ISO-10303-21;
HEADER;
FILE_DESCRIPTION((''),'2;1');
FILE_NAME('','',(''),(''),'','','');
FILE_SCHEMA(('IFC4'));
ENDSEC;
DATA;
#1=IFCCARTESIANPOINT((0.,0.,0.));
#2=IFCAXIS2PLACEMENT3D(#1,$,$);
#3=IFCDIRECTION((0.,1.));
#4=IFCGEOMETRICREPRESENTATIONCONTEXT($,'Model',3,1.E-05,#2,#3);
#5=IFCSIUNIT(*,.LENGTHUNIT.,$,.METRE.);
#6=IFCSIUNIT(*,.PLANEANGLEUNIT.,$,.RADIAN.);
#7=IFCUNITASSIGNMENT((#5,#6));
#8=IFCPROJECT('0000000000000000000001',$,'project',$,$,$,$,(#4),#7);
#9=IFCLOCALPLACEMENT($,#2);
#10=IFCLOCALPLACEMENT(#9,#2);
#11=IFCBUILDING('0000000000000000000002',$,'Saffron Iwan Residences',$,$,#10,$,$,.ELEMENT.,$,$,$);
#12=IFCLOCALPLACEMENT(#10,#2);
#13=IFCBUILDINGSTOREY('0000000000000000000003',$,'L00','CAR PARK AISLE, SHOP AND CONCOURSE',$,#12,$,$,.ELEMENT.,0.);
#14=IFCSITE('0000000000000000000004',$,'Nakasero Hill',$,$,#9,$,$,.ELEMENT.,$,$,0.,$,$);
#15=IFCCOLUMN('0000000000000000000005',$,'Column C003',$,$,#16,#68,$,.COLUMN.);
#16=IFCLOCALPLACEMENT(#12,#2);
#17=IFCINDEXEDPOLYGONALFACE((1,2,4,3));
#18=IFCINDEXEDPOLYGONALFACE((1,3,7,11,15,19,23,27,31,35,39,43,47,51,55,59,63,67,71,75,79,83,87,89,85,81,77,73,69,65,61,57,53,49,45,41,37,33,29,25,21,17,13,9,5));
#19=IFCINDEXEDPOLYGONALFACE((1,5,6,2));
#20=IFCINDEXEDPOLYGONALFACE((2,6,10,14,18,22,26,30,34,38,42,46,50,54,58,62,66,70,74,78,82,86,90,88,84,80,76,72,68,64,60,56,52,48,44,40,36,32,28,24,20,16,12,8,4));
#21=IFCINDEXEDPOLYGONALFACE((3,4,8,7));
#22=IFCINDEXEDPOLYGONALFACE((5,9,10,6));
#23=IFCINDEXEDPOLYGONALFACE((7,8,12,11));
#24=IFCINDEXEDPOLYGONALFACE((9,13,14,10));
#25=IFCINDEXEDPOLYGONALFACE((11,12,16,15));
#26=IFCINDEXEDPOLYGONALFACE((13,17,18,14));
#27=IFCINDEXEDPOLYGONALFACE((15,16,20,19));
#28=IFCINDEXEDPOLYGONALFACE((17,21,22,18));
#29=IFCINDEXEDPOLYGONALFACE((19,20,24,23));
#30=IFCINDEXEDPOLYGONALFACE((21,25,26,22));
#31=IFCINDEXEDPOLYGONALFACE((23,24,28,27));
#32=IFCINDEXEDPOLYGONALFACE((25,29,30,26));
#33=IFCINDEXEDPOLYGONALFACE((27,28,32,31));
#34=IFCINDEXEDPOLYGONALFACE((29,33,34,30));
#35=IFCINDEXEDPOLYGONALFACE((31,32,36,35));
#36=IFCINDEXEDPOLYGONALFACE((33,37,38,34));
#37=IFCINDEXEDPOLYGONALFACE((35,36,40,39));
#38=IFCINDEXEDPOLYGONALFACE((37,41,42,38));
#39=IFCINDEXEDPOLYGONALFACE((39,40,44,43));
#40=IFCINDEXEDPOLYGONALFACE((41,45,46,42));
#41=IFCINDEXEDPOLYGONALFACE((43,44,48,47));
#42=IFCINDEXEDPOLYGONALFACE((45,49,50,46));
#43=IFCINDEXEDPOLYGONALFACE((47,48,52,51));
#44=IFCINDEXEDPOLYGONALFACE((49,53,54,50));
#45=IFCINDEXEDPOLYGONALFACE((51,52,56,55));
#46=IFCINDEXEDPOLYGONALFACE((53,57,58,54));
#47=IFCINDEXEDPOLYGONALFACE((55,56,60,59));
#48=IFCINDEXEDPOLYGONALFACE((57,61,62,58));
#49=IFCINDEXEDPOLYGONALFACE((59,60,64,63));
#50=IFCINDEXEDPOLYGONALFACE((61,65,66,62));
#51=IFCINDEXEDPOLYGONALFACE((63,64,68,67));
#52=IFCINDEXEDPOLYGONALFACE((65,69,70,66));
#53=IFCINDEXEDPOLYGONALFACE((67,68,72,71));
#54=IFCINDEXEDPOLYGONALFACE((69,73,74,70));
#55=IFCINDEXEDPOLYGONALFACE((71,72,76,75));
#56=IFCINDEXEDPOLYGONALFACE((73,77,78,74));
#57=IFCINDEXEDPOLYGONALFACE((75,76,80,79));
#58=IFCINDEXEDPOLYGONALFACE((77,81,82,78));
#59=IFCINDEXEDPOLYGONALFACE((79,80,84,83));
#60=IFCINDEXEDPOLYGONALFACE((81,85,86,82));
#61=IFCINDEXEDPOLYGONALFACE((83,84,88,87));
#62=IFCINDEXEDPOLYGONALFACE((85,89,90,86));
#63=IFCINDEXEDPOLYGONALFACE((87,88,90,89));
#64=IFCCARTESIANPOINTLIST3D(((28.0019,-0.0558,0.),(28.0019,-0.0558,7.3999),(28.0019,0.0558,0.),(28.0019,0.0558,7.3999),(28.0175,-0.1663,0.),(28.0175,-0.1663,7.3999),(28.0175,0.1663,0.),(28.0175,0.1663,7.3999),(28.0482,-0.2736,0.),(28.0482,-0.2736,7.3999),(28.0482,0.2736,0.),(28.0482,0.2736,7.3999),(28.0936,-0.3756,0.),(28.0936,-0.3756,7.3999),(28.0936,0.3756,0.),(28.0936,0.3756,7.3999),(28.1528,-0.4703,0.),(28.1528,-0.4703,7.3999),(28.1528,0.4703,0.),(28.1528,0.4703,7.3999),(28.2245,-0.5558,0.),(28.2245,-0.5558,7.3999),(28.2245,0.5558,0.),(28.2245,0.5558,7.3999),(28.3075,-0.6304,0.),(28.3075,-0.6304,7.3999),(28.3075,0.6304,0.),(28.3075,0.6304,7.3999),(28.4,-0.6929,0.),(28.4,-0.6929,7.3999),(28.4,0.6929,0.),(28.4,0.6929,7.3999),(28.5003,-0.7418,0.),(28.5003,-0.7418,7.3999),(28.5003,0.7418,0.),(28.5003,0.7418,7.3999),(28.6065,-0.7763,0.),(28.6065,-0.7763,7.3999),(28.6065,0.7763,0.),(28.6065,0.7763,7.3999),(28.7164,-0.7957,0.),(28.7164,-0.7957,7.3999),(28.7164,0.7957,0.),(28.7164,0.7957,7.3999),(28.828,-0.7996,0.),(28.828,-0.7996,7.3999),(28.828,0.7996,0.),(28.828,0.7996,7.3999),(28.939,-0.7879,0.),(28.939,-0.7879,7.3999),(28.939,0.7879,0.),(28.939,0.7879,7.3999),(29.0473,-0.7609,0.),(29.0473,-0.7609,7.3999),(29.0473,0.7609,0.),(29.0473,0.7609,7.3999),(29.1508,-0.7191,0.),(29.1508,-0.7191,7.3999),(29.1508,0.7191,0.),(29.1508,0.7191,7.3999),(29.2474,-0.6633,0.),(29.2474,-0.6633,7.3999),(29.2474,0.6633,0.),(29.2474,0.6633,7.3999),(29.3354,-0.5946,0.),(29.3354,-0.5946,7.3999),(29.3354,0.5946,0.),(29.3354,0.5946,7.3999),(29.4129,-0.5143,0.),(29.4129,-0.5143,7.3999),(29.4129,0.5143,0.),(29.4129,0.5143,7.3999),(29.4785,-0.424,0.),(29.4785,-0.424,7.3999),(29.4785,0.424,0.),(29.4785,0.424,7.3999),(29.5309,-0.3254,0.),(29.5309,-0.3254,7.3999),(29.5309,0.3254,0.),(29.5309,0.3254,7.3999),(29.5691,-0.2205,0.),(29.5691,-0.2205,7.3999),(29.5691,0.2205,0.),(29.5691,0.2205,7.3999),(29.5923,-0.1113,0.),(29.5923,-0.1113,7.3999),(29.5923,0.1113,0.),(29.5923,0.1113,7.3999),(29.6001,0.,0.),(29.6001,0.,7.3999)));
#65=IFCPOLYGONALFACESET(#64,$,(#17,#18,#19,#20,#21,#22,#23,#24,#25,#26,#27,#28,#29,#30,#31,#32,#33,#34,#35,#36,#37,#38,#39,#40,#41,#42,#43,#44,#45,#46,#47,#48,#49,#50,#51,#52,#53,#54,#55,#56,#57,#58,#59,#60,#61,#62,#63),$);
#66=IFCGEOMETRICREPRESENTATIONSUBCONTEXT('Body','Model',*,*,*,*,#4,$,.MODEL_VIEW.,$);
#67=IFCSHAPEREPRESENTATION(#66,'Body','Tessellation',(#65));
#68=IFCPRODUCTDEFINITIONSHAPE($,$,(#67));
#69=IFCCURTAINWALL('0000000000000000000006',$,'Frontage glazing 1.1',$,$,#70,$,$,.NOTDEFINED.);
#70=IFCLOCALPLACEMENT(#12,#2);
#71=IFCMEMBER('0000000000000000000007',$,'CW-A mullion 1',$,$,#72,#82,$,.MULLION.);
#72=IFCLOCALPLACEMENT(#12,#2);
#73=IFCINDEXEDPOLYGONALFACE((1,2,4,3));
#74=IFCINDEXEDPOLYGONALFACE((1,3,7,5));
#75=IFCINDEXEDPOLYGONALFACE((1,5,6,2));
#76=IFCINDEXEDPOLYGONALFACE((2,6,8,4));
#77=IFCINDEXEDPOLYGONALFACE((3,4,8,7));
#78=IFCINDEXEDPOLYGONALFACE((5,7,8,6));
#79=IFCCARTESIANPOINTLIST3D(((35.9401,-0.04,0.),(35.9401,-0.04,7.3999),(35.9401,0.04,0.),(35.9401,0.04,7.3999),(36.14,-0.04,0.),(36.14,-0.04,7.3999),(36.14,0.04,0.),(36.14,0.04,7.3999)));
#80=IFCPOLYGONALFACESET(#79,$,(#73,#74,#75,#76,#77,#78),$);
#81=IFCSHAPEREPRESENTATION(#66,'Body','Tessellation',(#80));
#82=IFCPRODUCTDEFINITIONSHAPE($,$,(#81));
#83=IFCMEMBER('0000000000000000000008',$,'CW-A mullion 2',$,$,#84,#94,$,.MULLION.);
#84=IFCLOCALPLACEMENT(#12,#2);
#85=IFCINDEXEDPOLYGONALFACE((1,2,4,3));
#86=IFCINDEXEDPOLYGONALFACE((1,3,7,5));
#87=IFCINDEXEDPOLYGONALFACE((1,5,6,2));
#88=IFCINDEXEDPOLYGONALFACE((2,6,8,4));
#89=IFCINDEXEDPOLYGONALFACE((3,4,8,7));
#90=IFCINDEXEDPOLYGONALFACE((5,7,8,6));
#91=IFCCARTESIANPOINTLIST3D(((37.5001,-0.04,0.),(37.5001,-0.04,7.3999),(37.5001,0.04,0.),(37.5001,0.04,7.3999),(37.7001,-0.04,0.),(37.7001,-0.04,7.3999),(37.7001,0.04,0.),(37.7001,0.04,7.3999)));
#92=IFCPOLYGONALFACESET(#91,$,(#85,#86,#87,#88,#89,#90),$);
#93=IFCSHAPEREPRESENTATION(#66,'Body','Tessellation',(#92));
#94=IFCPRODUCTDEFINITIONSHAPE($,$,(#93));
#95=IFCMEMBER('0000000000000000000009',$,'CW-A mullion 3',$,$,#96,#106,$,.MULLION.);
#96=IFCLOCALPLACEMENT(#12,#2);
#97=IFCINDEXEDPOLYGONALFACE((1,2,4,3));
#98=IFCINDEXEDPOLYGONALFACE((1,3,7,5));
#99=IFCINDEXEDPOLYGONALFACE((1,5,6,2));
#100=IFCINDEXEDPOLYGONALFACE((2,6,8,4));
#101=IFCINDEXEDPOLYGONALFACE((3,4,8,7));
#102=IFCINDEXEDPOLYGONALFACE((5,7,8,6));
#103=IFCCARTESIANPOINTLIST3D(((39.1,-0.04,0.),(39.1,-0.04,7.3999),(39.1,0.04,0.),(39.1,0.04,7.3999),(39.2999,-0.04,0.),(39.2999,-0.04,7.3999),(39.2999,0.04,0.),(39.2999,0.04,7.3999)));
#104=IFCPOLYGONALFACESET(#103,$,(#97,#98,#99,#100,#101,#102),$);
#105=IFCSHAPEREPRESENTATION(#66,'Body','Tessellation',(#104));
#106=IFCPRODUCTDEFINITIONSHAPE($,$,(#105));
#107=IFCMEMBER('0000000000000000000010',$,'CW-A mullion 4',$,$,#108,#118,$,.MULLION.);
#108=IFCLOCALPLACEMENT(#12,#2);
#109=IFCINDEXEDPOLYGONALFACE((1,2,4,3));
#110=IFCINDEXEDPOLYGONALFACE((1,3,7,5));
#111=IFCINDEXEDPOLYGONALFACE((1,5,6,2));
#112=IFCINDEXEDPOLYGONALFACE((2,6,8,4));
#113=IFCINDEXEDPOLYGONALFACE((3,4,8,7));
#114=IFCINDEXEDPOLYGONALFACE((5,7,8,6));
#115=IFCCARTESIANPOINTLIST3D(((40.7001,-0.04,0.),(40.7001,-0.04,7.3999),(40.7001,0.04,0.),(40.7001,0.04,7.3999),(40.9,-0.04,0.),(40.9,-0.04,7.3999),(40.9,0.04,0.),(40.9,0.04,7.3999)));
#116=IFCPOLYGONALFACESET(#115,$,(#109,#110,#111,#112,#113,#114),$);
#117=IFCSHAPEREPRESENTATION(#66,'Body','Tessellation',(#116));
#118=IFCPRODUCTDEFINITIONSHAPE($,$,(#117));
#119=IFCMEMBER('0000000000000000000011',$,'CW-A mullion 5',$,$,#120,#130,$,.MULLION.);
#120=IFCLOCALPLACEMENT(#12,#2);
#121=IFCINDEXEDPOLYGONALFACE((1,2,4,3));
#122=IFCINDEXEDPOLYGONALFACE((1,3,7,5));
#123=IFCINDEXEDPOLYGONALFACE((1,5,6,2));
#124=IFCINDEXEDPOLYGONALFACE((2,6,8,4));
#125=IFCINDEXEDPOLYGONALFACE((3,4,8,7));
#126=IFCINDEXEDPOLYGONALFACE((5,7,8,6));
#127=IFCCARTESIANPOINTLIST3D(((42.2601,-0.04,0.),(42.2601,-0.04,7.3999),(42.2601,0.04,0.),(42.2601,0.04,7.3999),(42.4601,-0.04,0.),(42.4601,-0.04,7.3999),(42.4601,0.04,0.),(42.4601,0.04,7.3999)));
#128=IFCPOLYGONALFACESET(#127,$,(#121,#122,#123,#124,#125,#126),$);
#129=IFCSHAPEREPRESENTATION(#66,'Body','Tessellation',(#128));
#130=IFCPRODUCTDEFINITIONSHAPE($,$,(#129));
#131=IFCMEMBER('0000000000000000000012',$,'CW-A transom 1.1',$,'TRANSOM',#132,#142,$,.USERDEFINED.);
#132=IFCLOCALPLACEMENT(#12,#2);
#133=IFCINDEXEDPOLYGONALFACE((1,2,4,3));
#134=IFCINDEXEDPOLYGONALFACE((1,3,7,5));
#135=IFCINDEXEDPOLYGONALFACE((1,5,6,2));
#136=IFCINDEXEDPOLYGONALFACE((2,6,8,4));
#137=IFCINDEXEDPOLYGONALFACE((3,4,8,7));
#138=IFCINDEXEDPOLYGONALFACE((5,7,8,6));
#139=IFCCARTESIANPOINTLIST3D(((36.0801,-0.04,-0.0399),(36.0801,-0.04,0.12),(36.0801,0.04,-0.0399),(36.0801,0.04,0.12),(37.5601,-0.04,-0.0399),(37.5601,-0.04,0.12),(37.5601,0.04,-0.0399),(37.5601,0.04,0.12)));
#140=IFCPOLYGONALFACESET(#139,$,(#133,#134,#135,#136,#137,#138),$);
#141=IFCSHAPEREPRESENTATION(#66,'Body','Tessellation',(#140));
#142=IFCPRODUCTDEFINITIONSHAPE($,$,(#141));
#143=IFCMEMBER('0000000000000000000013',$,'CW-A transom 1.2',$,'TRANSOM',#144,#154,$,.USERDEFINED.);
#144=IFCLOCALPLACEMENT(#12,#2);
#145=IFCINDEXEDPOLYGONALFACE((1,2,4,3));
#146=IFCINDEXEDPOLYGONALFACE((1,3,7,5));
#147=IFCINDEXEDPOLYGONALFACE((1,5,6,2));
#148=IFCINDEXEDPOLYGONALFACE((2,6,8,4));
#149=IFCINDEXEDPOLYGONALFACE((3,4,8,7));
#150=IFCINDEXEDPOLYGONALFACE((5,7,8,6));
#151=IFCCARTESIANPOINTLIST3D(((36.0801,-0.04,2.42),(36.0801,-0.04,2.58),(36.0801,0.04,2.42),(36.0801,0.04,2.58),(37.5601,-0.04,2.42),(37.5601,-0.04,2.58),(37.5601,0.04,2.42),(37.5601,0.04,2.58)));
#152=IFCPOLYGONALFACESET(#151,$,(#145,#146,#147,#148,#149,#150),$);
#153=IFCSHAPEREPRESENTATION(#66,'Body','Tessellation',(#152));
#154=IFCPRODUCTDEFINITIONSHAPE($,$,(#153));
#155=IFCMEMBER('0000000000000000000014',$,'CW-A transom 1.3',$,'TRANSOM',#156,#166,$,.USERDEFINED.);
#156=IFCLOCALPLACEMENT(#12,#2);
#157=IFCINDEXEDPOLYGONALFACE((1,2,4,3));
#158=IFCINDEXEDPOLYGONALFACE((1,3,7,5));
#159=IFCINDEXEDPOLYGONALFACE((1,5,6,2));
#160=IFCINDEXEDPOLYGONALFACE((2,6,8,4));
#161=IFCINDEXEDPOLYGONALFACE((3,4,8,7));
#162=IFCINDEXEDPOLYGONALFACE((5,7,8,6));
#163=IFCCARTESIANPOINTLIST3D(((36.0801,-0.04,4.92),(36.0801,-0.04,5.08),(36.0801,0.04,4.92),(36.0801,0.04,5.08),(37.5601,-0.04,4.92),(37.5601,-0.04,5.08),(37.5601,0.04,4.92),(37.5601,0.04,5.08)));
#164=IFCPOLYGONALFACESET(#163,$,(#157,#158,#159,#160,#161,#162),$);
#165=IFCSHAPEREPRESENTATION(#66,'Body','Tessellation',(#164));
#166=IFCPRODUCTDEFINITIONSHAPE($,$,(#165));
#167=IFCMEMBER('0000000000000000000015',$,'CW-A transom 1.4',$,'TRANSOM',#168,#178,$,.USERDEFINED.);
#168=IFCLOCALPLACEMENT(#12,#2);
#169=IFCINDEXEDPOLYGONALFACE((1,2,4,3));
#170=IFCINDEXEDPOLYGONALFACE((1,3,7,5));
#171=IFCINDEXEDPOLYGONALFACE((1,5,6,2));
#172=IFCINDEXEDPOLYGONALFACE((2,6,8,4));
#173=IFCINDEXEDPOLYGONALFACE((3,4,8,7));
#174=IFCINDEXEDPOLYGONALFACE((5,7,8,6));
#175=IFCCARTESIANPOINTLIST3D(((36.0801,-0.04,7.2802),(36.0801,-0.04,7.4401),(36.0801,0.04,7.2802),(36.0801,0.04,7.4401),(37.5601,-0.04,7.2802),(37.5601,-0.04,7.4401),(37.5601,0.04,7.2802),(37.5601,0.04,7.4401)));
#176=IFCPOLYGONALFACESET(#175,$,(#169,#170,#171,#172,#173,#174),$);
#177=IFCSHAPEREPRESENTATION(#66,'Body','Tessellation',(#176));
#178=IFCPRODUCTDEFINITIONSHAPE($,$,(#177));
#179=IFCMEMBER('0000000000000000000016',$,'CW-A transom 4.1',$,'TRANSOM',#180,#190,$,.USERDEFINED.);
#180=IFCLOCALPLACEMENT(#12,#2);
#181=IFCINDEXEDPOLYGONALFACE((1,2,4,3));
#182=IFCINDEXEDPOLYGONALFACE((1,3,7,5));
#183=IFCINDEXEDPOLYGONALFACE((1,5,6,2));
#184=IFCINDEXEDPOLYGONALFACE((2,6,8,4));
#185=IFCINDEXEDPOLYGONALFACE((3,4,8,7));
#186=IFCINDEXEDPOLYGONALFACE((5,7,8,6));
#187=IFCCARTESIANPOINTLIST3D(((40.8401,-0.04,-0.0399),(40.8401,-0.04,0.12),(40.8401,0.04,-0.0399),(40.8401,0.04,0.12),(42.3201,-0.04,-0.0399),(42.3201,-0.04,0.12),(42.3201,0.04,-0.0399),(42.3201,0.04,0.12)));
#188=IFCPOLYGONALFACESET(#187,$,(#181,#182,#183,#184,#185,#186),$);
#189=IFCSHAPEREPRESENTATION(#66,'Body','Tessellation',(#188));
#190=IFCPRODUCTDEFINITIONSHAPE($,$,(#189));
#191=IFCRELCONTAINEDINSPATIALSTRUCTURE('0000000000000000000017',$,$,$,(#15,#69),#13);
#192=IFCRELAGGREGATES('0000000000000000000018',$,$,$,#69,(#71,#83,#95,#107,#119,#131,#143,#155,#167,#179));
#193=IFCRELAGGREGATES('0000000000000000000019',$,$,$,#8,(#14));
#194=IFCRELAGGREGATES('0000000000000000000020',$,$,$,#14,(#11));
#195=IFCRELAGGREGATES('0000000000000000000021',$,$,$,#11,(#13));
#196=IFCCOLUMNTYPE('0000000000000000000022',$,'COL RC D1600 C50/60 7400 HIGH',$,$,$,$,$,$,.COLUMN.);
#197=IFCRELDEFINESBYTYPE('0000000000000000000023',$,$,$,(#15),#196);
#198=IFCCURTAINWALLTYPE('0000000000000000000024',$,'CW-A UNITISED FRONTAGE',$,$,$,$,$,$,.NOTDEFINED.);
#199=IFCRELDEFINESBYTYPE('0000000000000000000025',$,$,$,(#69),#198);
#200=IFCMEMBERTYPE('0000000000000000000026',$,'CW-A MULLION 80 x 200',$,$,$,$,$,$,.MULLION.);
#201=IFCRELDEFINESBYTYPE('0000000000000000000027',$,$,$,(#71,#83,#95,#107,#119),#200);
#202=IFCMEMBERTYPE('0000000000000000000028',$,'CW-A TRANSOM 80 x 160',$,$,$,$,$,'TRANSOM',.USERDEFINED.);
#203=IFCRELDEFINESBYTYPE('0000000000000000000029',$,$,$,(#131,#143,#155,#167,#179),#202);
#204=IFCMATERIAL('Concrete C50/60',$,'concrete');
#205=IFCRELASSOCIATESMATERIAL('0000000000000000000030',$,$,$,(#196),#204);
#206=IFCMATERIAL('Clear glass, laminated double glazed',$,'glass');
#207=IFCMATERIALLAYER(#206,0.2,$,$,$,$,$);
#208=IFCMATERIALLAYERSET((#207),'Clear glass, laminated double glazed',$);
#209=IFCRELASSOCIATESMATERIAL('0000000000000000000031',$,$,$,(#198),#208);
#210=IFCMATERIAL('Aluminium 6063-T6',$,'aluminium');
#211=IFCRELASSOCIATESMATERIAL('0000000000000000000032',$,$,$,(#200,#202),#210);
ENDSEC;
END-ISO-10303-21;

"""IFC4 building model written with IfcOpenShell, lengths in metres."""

from ifc_helpers import new_model, si_unit, direction, frame, origin, origin_2d, place, context, subcontext, project, spatial, rectangle, circle, extrude, source, transform, mapped, material, layer, layer_set, material_profile, profile_set, type_object, element, aggregate, save


model = new_model("IFC4")

# Units and contexts
model_context = context("Model", 3, precision=1e-05, world=origin(), true_north=direction((0.0, 1.0)))
body_context = subcontext(model_context, "Body", "Model", "MODEL_VIEW")
ifc_project = project(units=[si_unit("LENGTHUNIT", "METRE"), si_unit("PLANEANGLEUNIT", "RADIAN")], contexts=[model_context])

# Site, building, storey
site_placement = place(None, origin())
site = spatial("IfcSite", under=ifc_project, at=site_placement, Name="Nakasero Hill", CompositionType="ELEMENT", RefElevation=0.0)
building_placement = place(site_placement, origin())
building = spatial("IfcBuilding", under=site, at=building_placement, Name="Saffron Iwan Residences", CompositionType="ELEMENT")
storey_placement = place(building_placement, origin())
storey = spatial("IfcBuildingStorey", under=building, at=storey_placement, Name="L00", Description="CAR PARK AISLE, SHOP AND CONCOURSE", CompositionType="ELEMENT", Elevation=0.0)

# Column
ifc_material_1 = material(Name="Concrete C50/60", Category="concrete")
ifc_material_profile_1 = material_profile(ifc_material_1, circle(Radius=0.8, at=origin_2d()), Name="RC D1600")
ifc_profile_set_1 = profile_set([ifc_material_profile_1], Name="Concrete C50/60")
column_type = type_object("IfcColumnType", Name="COL RC D1600 C50/60 7400 HIGH", PredefinedType="COLUMN", material=ifc_profile_set_1)
shared_shape_1 = source(origin(), body_context, "Body", "SweptSolid", [
    extrude(circle(Radius=0.8, at=origin_2d()), origin(), (0.0, 0.0, 1.0), 7.3999),
])
column_placement = place(storey_placement, frame((28.8, 0.0, 0.0), z_axis=(0.0, 0.0, 1.0), x_axis=(1.0, 0.0, 0.0)))
element("IfcColumn", 1, at=column_placement, inside=storey, type_object=column_type, Name="Column C003", PredefinedType="COLUMN", context=body_context, shape_type="MappedRepresentation", body=[
    mapped(shared_shape_1, transform((0.0, 0.0, 0.0))),
])

# Curtain wall, members
ifc_material_2 = material(Name="Clear glass, laminated double glazed", Category="glass")
ifc_layer_1 = layer(ifc_material_2, 0.2)
ifc_layer_set_1 = layer_set([ifc_layer_1], Name="Clear glass, laminated double glazed")
curtain_wall_type = type_object("IfcCurtainWallType", Name="CW-A UNITISED FRONTAGE", PredefinedType="NOTDEFINED", material=ifc_layer_set_1)
curtain_wall_placement = place(storey_placement, origin())
curtain_wall = element("IfcCurtainWall", 2, at=curtain_wall_placement, inside=storey, type_object=curtain_wall_type, Name="Frontage glazing 1.1", PredefinedType="NOTDEFINED")
ifc_material_3 = material(Name="Aluminium 6063-T6", Category="aluminium")
ifc_material_profile_2 = material_profile(ifc_material_3, rectangle(XDim=0.0801, YDim=0.2, at=origin_2d()), Name="CW-A MULLION 80 x 200")
ifc_profile_set_2 = profile_set([ifc_material_profile_2], Name="Aluminium 6063-T6")
member_type_1 = type_object("IfcMemberType", Name="CW-A MULLION 80 x 200", PredefinedType="MULLION", material=ifc_profile_set_2)
shared_shape_2 = source(origin(), body_context, "Body", "SweptSolid", [
    extrude(rectangle(XDim=0.0801, YDim=0.2, at=origin_2d()), origin(), (0.0, 0.0, 1.0), 7.3999),
])
member_1_placement = place(storey_placement, frame((36.04, 0.0, 0.0), z_axis=(0.0, 0.0, 1.0), x_axis=(0.0, 1.0, 0.0)))
member_1 = element("IfcMember", 3, at=member_1_placement, type_object=member_type_1, Name="CW-A mullion 1", PredefinedType="MULLION", context=body_context, shape_type="MappedRepresentation", body=[
    mapped(shared_shape_2, transform((0.0, 0.0, 0.0))),
])
member_2_placement = place(storey_placement, frame((37.6001, 0.0, 0.0), z_axis=(0.0, 0.0, 1.0), x_axis=(0.0, 1.0, 0.0)))
member_2 = element("IfcMember", 4, at=member_2_placement, type_object=member_type_1, Name="CW-A mullion 2", PredefinedType="MULLION", context=body_context, shape_type="MappedRepresentation", body=[
    mapped(shared_shape_2, transform((0.0, 0.0, 0.0))),
])
member_3_placement = place(storey_placement, frame((39.2, 0.0, 0.0), z_axis=(0.0, 0.0, 1.0), x_axis=(0.0, 1.0, 0.0)))
member_3 = element("IfcMember", 5, at=member_3_placement, type_object=member_type_1, Name="CW-A mullion 3", PredefinedType="MULLION", context=body_context, shape_type="MappedRepresentation", body=[
    mapped(shared_shape_2, transform((0.0, 0.0, 0.0))),
])
member_4_placement = place(storey_placement, frame((40.8, 0.0, 0.0), z_axis=(0.0, 0.0, 1.0), x_axis=(0.0, 1.0, 0.0)))
member_4 = element("IfcMember", 6, at=member_4_placement, type_object=member_type_1, Name="CW-A mullion 4", PredefinedType="MULLION", context=body_context, shape_type="MappedRepresentation", body=[
    mapped(shared_shape_2, transform((0.0, 0.0, 0.0))),
])
member_5_placement = place(storey_placement, frame((42.3601, 0.0, 0.0), z_axis=(0.0, 0.0, 1.0), x_axis=(0.0, 1.0, 0.0)))
member_5 = element("IfcMember", 7, at=member_5_placement, type_object=member_type_1, Name="CW-A mullion 5", PredefinedType="MULLION", context=body_context, shape_type="MappedRepresentation", body=[
    mapped(shared_shape_2, transform((0.0, 0.0, 0.0))),
])
ifc_material_profile_3 = material_profile(ifc_material_3, rectangle(XDim=0.0801, YDim=0.1599, at=origin_2d()), Name="CW-A TRANSOM 80 x 160")
ifc_profile_set_3 = profile_set([ifc_material_profile_3], Name="Aluminium 6063-T6")
member_type_2 = type_object("IfcMemberType", Name="CW-A TRANSOM 80 x 160", ElementType="TRANSOM", PredefinedType="USERDEFINED", material=ifc_profile_set_3)
shared_shape_3 = source(origin(), body_context, "Body", "SweptSolid", [
    extrude(rectangle(XDim=0.0801, YDim=0.1599, at=origin_2d()), origin(), (0.0, 0.0, 1.0), 1.48),
])
member_6_placement = place(storey_placement, frame((36.0801, 0.0, 0.04), z_axis=(1.0, 0.0, 0.0), x_axis=(0.0, 1.0, 0.0)))
member_6 = element("IfcMember", 8, at=member_6_placement, type_object=member_type_2, Name="CW-A transom 1.1", ObjectType="TRANSOM", PredefinedType="USERDEFINED", context=body_context, shape_type="MappedRepresentation", body=[
    mapped(shared_shape_3, transform((0.0, 0.0, 0.0))),
])
member_7_placement = place(storey_placement, frame((36.0801, 0.0, 2.5), z_axis=(1.0, 0.0, 0.0), x_axis=(0.0, 1.0, 0.0)))
member_7 = element("IfcMember", 9, at=member_7_placement, type_object=member_type_2, Name="CW-A transom 1.2", ObjectType="TRANSOM", PredefinedType="USERDEFINED", context=body_context, shape_type="MappedRepresentation", body=[
    mapped(shared_shape_3, transform((0.0, 0.0, 0.0))),
])
member_8_placement = place(storey_placement, frame((36.0801, 0.0, 5.0), z_axis=(1.0, 0.0, 0.0), x_axis=(0.0, 1.0, 0.0)))
member_8 = element("IfcMember", 10, at=member_8_placement, type_object=member_type_2, Name="CW-A transom 1.3", ObjectType="TRANSOM", PredefinedType="USERDEFINED", context=body_context, shape_type="MappedRepresentation", body=[
    mapped(shared_shape_3, transform((0.0, 0.0, 0.0))),
])
member_9_placement = place(storey_placement, frame((36.0801, 0.0, 7.3601), z_axis=(1.0, 0.0, 0.0), x_axis=(0.0, 1.0, 0.0)))
member_9 = element("IfcMember", 11, at=member_9_placement, type_object=member_type_2, Name="CW-A transom 1.4", ObjectType="TRANSOM", PredefinedType="USERDEFINED", context=body_context, shape_type="MappedRepresentation", body=[
    mapped(shared_shape_3, transform((0.0, 0.0, 0.0))),
])
member_10_placement = place(storey_placement, frame((40.8401, 0.0, 0.04), z_axis=(1.0, 0.0, 0.0), x_axis=(0.0, 1.0, 0.0)))
member_10 = element("IfcMember", 12, at=member_10_placement, type_object=member_type_2, Name="CW-A transom 4.1", ObjectType="TRANSOM", PredefinedType="USERDEFINED", context=body_context, shape_type="MappedRepresentation", body=[
    mapped(shared_shape_3, transform((0.0, 0.0, 0.0))),
])
aggregate(curtain_wall, [member_1, member_2, member_3, member_4, member_5, member_6, member_7, member_8, member_9, member_10])

save(model, "model.ifc")
